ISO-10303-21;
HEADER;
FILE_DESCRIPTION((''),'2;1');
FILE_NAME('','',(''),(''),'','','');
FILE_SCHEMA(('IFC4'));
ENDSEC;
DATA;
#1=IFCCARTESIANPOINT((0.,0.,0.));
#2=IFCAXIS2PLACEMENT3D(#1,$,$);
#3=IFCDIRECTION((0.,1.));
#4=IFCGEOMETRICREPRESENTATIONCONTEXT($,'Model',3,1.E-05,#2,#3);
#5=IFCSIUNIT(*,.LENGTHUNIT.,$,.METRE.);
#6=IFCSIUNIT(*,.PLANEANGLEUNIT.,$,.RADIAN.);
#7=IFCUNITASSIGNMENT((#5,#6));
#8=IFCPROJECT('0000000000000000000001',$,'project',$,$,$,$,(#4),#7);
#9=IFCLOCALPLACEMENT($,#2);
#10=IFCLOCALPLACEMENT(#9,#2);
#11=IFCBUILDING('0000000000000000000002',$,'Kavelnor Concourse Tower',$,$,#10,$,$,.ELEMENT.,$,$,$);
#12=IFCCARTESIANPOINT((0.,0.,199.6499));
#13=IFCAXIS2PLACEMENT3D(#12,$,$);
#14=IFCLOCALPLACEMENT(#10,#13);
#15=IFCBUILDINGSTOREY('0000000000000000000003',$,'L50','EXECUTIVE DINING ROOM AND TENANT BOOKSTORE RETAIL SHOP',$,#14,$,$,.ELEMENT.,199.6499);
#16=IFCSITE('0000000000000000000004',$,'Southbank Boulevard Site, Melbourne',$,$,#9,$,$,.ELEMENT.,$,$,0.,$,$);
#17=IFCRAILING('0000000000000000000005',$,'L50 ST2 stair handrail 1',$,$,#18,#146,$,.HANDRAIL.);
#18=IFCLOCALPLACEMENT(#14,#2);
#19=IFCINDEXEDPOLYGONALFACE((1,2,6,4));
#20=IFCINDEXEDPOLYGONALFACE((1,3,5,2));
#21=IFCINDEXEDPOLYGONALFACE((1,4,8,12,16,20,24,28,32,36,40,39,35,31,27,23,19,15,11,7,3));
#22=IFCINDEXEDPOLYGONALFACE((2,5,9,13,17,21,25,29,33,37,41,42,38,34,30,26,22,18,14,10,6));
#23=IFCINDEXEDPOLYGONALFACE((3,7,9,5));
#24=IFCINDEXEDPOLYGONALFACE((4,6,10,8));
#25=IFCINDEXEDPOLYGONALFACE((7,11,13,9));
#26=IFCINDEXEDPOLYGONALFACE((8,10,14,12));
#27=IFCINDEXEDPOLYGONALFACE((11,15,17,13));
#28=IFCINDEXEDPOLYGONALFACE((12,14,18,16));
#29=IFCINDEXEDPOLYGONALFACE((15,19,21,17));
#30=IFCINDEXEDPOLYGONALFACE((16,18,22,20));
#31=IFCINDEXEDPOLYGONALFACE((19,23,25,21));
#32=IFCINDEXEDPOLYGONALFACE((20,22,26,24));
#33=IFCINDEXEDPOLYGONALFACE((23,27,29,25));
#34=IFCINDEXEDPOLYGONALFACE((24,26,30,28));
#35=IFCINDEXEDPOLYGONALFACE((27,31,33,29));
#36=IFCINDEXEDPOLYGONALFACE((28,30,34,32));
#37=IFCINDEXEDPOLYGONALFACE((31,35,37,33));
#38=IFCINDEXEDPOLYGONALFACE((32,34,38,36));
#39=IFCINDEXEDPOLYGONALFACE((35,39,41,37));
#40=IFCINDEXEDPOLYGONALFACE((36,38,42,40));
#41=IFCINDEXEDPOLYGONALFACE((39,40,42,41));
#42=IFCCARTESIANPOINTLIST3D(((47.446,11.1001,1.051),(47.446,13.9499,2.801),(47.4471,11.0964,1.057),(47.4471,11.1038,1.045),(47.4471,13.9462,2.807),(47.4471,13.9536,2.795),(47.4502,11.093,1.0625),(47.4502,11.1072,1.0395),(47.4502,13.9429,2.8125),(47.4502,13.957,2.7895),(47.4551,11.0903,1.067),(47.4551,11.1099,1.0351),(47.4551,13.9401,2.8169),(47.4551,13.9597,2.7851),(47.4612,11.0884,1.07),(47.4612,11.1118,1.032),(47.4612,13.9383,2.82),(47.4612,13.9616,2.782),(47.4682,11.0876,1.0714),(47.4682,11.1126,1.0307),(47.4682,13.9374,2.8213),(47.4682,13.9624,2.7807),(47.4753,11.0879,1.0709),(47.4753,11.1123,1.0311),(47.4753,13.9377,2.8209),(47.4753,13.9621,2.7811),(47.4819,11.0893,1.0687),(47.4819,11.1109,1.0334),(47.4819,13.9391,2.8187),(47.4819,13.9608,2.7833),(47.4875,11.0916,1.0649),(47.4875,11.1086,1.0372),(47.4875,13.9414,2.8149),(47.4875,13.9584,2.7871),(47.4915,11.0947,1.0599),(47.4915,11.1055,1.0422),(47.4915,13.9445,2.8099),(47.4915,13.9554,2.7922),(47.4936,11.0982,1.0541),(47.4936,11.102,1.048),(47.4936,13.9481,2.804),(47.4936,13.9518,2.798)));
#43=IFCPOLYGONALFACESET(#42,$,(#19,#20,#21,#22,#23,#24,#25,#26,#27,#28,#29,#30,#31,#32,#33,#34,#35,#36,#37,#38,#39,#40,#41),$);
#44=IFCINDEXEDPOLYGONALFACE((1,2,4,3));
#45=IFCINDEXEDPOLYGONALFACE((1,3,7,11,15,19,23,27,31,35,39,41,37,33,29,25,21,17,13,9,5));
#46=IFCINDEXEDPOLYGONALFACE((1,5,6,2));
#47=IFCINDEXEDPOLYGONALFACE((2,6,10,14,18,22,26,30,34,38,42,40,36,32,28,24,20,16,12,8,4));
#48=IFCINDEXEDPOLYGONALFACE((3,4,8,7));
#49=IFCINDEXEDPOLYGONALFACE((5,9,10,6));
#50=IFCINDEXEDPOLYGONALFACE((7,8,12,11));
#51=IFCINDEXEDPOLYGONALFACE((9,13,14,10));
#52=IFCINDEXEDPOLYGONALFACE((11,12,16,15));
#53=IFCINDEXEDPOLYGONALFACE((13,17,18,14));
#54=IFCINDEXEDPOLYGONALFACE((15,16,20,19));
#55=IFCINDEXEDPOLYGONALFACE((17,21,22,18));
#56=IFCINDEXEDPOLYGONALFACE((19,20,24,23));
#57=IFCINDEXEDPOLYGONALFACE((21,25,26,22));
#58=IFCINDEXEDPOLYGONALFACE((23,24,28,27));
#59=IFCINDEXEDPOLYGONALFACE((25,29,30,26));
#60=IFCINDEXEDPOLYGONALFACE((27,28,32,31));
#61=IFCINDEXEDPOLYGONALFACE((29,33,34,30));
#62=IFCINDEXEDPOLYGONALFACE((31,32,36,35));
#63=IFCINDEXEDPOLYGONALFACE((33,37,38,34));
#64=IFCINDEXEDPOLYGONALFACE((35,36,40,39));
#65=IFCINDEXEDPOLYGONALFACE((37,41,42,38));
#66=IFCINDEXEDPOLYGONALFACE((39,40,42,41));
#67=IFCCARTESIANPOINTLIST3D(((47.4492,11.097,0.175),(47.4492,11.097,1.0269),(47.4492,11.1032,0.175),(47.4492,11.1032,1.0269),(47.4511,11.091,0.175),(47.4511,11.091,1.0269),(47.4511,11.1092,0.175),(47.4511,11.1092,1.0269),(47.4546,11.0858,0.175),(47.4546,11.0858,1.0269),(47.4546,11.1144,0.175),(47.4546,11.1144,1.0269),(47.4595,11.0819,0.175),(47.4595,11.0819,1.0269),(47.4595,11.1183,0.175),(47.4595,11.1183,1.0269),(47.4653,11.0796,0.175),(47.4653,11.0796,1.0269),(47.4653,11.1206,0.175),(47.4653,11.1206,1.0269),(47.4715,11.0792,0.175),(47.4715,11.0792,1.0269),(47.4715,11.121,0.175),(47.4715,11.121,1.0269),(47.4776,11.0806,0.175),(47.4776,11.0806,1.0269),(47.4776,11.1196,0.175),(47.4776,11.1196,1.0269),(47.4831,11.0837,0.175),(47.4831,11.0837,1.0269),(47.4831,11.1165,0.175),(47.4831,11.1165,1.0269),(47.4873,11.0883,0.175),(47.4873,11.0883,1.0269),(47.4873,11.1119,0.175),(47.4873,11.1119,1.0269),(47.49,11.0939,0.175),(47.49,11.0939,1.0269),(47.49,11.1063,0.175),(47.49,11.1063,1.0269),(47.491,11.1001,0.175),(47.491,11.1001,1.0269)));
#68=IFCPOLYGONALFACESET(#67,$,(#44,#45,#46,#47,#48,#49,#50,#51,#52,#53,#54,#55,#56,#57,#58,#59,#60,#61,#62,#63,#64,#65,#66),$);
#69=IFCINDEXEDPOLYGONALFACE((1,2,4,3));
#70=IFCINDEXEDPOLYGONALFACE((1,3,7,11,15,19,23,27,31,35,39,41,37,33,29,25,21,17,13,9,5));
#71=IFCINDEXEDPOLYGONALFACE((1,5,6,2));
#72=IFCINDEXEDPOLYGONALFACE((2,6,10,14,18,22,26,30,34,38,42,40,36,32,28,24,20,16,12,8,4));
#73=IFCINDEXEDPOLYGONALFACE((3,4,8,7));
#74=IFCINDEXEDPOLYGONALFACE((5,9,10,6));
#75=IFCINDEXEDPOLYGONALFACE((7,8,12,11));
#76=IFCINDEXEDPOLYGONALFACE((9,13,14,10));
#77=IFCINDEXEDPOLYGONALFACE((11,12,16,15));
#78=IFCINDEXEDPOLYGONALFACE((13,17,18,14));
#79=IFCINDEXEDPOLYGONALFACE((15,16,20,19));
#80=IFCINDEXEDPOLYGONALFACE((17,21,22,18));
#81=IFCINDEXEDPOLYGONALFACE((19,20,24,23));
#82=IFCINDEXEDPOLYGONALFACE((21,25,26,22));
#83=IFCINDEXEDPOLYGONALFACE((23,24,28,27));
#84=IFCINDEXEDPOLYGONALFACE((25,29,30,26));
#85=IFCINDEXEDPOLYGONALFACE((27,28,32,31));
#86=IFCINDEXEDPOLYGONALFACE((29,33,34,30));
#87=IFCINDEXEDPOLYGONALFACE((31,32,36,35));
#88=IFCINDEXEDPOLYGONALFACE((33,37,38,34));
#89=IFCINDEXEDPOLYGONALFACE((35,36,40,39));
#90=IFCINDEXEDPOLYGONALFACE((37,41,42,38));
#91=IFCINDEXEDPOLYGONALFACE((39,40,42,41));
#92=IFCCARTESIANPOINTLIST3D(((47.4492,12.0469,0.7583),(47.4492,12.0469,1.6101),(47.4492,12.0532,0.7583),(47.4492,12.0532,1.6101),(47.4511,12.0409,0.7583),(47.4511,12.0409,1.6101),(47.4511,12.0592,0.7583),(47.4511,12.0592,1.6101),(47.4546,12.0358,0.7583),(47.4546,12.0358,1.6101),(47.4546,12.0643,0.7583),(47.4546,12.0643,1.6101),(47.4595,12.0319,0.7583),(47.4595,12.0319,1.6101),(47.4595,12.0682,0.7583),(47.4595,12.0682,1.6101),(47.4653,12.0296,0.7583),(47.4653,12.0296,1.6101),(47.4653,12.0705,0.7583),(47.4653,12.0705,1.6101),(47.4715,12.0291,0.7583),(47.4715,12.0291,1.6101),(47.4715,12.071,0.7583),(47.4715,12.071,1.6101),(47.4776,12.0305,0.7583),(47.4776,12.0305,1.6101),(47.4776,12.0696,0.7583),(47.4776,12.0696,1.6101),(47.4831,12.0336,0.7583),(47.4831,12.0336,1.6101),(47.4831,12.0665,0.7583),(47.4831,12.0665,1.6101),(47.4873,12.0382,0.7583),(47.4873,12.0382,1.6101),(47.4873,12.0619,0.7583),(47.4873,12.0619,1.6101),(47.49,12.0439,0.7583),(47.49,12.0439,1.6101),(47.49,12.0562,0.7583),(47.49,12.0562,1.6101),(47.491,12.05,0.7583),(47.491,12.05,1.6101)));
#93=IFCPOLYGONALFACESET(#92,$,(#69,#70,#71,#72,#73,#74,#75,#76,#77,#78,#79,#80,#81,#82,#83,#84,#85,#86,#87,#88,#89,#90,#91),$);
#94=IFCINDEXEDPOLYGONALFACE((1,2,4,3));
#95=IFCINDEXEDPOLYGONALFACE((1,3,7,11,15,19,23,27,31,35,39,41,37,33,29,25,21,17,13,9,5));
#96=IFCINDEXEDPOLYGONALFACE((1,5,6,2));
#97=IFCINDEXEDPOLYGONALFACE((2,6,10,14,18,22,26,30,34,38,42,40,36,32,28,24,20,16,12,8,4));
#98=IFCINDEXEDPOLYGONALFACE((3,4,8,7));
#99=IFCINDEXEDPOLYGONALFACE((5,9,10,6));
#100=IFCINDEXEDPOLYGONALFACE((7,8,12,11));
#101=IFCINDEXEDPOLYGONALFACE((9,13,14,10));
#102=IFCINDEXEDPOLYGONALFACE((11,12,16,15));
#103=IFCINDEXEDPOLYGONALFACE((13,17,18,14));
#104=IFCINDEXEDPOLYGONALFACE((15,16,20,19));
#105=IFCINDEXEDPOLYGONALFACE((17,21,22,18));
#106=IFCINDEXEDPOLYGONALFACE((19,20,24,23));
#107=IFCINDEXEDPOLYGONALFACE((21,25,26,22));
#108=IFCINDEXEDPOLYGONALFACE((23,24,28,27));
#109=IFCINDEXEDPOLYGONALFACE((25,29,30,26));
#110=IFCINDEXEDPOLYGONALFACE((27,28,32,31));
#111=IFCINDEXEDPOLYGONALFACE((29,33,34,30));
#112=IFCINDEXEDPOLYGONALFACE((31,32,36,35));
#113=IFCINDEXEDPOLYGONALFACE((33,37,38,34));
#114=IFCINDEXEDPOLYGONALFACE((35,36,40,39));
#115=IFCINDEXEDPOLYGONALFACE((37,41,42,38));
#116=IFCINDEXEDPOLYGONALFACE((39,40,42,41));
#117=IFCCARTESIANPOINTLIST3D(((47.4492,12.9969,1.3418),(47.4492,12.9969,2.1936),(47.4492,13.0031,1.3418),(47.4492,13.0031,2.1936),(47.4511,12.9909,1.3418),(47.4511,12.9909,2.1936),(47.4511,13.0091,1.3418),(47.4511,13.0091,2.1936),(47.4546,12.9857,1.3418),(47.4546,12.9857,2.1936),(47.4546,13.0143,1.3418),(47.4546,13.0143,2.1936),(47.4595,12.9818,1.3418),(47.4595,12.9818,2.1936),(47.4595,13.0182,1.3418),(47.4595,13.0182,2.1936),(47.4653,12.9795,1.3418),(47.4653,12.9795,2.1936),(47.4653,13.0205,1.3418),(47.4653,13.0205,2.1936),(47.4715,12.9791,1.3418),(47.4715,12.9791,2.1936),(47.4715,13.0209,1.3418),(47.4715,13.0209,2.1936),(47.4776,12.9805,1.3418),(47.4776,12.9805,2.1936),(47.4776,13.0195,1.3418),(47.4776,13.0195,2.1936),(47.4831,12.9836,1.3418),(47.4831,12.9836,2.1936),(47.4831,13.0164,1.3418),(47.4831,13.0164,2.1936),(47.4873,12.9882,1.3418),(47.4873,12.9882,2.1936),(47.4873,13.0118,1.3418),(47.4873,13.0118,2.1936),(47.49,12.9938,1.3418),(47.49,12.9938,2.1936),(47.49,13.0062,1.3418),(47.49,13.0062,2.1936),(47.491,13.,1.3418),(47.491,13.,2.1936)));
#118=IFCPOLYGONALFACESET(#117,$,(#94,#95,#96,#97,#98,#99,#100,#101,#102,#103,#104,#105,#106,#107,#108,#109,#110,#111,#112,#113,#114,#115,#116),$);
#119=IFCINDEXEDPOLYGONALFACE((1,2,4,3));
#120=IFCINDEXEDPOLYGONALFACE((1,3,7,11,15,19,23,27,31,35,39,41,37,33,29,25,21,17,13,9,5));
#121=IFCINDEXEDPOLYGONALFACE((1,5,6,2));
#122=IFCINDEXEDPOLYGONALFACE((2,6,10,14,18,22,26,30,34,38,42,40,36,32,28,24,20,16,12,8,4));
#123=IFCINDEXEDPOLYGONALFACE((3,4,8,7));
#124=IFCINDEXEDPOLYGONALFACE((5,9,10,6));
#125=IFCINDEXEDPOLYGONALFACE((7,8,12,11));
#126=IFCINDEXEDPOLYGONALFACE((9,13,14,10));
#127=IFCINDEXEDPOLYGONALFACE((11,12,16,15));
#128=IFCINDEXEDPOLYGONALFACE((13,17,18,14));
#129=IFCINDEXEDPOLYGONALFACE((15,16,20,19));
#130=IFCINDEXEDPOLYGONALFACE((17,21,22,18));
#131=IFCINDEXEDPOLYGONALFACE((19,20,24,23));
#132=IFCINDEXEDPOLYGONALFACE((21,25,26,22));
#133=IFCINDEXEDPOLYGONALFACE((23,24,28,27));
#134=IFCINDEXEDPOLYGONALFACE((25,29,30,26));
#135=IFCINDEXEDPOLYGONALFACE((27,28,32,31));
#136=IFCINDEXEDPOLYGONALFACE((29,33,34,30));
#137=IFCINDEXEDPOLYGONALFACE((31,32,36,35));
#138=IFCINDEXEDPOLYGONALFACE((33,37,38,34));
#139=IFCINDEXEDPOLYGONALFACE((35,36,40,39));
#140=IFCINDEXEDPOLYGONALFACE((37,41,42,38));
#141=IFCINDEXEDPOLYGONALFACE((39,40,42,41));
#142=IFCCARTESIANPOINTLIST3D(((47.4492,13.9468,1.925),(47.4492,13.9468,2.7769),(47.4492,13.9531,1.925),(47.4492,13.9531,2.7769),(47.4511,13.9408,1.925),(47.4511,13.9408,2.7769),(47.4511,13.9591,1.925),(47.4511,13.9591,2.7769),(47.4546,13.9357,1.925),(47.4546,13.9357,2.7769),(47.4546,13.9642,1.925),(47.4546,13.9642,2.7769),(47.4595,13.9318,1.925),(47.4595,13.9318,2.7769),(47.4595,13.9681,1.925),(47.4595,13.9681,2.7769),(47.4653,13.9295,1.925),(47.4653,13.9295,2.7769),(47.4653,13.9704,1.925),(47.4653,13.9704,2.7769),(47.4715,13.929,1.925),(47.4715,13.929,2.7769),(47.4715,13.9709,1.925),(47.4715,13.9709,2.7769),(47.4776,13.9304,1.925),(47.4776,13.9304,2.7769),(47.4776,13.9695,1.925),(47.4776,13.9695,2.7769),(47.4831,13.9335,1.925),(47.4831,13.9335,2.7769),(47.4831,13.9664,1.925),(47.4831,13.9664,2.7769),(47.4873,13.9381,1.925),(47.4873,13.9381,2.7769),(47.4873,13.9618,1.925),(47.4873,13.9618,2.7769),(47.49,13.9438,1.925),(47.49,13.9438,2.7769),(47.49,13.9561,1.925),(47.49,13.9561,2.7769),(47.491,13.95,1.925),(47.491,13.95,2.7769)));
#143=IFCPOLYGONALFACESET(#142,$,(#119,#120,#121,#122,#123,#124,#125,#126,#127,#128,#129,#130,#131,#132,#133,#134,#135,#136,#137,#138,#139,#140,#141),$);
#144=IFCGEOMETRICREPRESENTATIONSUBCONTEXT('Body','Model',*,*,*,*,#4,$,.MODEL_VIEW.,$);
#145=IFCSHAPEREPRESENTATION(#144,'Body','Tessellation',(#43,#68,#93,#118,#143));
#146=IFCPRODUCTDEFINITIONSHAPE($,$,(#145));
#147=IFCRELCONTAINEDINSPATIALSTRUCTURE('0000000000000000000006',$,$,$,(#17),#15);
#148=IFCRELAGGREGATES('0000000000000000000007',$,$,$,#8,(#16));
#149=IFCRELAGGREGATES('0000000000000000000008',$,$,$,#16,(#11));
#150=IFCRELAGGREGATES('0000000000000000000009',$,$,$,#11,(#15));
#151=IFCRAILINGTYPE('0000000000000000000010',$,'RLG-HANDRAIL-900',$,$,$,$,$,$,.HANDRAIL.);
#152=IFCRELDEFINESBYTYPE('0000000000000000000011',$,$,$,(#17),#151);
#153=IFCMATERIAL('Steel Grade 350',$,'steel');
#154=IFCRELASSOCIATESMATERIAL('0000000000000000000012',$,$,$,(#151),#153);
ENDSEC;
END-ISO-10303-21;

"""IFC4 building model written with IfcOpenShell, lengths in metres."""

from ifc_helpers import new_model, si_unit, direction, frame, origin, origin_2d, place, context, subcontext, project, spatial, circle, extrude, material, type_object, element, save


model = new_model("IFC4")

# Units and contexts
model_context = context("Model", 3, precision=1e-05, world=origin(), true_north=direction((0.0, 1.0)))
body_context = subcontext(model_context, "Body", "Model", "MODEL_VIEW")
ifc_project = project(units=[si_unit("LENGTHUNIT", "METRE"), si_unit("PLANEANGLEUNIT", "RADIAN")], contexts=[model_context])

# Site, building, storey
site_placement = place(None, origin())
site = spatial("IfcSite", under=ifc_project, at=site_placement, Name="Southbank Boulevard Site, Melbourne", CompositionType="ELEMENT", RefElevation=0.0)
building_placement = place(site_placement, origin())
building = spatial("IfcBuilding", under=site, at=building_placement, Name="Kavelnor Concourse Tower", CompositionType="ELEMENT")
storey_placement = place(building_placement, frame((0.0, 0.0, 199.6499)))
storey = spatial("IfcBuildingStorey", under=building, at=storey_placement, Name="L50", Description="EXECUTIVE DINING ROOM AND TENANT BOOKSTORE RETAIL SHOP", CompositionType="ELEMENT", Elevation=199.6499)

# Shared definitions
ifc_material_1 = material(Name="Steel Grade 350", Category="steel")

# Railing
railing_type = type_object("IfcRailingType", Name="RLG-HANDRAIL-900", PredefinedType="HANDRAIL", material=ifc_material_1)
railing_placement = place(storey_placement, frame((47.47, 11.1001, 0.175)))
element("IfcRailing", 1, at=railing_placement, inside=storey, type_object=railing_type, Name="L50 ST2 stair handrail 1", PredefinedType="HANDRAIL", context=body_context, shape_type="SweptSolid", body=[
    extrude(circle(Radius=0.0239, at=origin_2d()), frame((0.0, 0.0, 0.876), z_axis=(0.0, 0.852159, 0.523283), x_axis=(-1.0, 0.0, 0.0)), (0.0, 0.0, 1.0), 3.3442),
    extrude(circle(Radius=0.021, at=origin_2d()), origin(), (0.0, 0.0, 1.0), 0.8518),
    extrude(circle(Radius=0.021, at=origin_2d()), frame((0.0, 0.95, 0.5833)), (0.0, 0.0, 1.0), 0.8518),
    extrude(circle(Radius=0.021, at=origin_2d()), frame((0.0, 1.8999, 1.1667)), (0.0, 0.0, 1.0), 0.8518),
    extrude(circle(Radius=0.021, at=origin_2d()), frame((0.0, 2.8499, 1.75)), (0.0, 0.0, 1.0), 0.8518),
])

save(model, "model.ifc")
